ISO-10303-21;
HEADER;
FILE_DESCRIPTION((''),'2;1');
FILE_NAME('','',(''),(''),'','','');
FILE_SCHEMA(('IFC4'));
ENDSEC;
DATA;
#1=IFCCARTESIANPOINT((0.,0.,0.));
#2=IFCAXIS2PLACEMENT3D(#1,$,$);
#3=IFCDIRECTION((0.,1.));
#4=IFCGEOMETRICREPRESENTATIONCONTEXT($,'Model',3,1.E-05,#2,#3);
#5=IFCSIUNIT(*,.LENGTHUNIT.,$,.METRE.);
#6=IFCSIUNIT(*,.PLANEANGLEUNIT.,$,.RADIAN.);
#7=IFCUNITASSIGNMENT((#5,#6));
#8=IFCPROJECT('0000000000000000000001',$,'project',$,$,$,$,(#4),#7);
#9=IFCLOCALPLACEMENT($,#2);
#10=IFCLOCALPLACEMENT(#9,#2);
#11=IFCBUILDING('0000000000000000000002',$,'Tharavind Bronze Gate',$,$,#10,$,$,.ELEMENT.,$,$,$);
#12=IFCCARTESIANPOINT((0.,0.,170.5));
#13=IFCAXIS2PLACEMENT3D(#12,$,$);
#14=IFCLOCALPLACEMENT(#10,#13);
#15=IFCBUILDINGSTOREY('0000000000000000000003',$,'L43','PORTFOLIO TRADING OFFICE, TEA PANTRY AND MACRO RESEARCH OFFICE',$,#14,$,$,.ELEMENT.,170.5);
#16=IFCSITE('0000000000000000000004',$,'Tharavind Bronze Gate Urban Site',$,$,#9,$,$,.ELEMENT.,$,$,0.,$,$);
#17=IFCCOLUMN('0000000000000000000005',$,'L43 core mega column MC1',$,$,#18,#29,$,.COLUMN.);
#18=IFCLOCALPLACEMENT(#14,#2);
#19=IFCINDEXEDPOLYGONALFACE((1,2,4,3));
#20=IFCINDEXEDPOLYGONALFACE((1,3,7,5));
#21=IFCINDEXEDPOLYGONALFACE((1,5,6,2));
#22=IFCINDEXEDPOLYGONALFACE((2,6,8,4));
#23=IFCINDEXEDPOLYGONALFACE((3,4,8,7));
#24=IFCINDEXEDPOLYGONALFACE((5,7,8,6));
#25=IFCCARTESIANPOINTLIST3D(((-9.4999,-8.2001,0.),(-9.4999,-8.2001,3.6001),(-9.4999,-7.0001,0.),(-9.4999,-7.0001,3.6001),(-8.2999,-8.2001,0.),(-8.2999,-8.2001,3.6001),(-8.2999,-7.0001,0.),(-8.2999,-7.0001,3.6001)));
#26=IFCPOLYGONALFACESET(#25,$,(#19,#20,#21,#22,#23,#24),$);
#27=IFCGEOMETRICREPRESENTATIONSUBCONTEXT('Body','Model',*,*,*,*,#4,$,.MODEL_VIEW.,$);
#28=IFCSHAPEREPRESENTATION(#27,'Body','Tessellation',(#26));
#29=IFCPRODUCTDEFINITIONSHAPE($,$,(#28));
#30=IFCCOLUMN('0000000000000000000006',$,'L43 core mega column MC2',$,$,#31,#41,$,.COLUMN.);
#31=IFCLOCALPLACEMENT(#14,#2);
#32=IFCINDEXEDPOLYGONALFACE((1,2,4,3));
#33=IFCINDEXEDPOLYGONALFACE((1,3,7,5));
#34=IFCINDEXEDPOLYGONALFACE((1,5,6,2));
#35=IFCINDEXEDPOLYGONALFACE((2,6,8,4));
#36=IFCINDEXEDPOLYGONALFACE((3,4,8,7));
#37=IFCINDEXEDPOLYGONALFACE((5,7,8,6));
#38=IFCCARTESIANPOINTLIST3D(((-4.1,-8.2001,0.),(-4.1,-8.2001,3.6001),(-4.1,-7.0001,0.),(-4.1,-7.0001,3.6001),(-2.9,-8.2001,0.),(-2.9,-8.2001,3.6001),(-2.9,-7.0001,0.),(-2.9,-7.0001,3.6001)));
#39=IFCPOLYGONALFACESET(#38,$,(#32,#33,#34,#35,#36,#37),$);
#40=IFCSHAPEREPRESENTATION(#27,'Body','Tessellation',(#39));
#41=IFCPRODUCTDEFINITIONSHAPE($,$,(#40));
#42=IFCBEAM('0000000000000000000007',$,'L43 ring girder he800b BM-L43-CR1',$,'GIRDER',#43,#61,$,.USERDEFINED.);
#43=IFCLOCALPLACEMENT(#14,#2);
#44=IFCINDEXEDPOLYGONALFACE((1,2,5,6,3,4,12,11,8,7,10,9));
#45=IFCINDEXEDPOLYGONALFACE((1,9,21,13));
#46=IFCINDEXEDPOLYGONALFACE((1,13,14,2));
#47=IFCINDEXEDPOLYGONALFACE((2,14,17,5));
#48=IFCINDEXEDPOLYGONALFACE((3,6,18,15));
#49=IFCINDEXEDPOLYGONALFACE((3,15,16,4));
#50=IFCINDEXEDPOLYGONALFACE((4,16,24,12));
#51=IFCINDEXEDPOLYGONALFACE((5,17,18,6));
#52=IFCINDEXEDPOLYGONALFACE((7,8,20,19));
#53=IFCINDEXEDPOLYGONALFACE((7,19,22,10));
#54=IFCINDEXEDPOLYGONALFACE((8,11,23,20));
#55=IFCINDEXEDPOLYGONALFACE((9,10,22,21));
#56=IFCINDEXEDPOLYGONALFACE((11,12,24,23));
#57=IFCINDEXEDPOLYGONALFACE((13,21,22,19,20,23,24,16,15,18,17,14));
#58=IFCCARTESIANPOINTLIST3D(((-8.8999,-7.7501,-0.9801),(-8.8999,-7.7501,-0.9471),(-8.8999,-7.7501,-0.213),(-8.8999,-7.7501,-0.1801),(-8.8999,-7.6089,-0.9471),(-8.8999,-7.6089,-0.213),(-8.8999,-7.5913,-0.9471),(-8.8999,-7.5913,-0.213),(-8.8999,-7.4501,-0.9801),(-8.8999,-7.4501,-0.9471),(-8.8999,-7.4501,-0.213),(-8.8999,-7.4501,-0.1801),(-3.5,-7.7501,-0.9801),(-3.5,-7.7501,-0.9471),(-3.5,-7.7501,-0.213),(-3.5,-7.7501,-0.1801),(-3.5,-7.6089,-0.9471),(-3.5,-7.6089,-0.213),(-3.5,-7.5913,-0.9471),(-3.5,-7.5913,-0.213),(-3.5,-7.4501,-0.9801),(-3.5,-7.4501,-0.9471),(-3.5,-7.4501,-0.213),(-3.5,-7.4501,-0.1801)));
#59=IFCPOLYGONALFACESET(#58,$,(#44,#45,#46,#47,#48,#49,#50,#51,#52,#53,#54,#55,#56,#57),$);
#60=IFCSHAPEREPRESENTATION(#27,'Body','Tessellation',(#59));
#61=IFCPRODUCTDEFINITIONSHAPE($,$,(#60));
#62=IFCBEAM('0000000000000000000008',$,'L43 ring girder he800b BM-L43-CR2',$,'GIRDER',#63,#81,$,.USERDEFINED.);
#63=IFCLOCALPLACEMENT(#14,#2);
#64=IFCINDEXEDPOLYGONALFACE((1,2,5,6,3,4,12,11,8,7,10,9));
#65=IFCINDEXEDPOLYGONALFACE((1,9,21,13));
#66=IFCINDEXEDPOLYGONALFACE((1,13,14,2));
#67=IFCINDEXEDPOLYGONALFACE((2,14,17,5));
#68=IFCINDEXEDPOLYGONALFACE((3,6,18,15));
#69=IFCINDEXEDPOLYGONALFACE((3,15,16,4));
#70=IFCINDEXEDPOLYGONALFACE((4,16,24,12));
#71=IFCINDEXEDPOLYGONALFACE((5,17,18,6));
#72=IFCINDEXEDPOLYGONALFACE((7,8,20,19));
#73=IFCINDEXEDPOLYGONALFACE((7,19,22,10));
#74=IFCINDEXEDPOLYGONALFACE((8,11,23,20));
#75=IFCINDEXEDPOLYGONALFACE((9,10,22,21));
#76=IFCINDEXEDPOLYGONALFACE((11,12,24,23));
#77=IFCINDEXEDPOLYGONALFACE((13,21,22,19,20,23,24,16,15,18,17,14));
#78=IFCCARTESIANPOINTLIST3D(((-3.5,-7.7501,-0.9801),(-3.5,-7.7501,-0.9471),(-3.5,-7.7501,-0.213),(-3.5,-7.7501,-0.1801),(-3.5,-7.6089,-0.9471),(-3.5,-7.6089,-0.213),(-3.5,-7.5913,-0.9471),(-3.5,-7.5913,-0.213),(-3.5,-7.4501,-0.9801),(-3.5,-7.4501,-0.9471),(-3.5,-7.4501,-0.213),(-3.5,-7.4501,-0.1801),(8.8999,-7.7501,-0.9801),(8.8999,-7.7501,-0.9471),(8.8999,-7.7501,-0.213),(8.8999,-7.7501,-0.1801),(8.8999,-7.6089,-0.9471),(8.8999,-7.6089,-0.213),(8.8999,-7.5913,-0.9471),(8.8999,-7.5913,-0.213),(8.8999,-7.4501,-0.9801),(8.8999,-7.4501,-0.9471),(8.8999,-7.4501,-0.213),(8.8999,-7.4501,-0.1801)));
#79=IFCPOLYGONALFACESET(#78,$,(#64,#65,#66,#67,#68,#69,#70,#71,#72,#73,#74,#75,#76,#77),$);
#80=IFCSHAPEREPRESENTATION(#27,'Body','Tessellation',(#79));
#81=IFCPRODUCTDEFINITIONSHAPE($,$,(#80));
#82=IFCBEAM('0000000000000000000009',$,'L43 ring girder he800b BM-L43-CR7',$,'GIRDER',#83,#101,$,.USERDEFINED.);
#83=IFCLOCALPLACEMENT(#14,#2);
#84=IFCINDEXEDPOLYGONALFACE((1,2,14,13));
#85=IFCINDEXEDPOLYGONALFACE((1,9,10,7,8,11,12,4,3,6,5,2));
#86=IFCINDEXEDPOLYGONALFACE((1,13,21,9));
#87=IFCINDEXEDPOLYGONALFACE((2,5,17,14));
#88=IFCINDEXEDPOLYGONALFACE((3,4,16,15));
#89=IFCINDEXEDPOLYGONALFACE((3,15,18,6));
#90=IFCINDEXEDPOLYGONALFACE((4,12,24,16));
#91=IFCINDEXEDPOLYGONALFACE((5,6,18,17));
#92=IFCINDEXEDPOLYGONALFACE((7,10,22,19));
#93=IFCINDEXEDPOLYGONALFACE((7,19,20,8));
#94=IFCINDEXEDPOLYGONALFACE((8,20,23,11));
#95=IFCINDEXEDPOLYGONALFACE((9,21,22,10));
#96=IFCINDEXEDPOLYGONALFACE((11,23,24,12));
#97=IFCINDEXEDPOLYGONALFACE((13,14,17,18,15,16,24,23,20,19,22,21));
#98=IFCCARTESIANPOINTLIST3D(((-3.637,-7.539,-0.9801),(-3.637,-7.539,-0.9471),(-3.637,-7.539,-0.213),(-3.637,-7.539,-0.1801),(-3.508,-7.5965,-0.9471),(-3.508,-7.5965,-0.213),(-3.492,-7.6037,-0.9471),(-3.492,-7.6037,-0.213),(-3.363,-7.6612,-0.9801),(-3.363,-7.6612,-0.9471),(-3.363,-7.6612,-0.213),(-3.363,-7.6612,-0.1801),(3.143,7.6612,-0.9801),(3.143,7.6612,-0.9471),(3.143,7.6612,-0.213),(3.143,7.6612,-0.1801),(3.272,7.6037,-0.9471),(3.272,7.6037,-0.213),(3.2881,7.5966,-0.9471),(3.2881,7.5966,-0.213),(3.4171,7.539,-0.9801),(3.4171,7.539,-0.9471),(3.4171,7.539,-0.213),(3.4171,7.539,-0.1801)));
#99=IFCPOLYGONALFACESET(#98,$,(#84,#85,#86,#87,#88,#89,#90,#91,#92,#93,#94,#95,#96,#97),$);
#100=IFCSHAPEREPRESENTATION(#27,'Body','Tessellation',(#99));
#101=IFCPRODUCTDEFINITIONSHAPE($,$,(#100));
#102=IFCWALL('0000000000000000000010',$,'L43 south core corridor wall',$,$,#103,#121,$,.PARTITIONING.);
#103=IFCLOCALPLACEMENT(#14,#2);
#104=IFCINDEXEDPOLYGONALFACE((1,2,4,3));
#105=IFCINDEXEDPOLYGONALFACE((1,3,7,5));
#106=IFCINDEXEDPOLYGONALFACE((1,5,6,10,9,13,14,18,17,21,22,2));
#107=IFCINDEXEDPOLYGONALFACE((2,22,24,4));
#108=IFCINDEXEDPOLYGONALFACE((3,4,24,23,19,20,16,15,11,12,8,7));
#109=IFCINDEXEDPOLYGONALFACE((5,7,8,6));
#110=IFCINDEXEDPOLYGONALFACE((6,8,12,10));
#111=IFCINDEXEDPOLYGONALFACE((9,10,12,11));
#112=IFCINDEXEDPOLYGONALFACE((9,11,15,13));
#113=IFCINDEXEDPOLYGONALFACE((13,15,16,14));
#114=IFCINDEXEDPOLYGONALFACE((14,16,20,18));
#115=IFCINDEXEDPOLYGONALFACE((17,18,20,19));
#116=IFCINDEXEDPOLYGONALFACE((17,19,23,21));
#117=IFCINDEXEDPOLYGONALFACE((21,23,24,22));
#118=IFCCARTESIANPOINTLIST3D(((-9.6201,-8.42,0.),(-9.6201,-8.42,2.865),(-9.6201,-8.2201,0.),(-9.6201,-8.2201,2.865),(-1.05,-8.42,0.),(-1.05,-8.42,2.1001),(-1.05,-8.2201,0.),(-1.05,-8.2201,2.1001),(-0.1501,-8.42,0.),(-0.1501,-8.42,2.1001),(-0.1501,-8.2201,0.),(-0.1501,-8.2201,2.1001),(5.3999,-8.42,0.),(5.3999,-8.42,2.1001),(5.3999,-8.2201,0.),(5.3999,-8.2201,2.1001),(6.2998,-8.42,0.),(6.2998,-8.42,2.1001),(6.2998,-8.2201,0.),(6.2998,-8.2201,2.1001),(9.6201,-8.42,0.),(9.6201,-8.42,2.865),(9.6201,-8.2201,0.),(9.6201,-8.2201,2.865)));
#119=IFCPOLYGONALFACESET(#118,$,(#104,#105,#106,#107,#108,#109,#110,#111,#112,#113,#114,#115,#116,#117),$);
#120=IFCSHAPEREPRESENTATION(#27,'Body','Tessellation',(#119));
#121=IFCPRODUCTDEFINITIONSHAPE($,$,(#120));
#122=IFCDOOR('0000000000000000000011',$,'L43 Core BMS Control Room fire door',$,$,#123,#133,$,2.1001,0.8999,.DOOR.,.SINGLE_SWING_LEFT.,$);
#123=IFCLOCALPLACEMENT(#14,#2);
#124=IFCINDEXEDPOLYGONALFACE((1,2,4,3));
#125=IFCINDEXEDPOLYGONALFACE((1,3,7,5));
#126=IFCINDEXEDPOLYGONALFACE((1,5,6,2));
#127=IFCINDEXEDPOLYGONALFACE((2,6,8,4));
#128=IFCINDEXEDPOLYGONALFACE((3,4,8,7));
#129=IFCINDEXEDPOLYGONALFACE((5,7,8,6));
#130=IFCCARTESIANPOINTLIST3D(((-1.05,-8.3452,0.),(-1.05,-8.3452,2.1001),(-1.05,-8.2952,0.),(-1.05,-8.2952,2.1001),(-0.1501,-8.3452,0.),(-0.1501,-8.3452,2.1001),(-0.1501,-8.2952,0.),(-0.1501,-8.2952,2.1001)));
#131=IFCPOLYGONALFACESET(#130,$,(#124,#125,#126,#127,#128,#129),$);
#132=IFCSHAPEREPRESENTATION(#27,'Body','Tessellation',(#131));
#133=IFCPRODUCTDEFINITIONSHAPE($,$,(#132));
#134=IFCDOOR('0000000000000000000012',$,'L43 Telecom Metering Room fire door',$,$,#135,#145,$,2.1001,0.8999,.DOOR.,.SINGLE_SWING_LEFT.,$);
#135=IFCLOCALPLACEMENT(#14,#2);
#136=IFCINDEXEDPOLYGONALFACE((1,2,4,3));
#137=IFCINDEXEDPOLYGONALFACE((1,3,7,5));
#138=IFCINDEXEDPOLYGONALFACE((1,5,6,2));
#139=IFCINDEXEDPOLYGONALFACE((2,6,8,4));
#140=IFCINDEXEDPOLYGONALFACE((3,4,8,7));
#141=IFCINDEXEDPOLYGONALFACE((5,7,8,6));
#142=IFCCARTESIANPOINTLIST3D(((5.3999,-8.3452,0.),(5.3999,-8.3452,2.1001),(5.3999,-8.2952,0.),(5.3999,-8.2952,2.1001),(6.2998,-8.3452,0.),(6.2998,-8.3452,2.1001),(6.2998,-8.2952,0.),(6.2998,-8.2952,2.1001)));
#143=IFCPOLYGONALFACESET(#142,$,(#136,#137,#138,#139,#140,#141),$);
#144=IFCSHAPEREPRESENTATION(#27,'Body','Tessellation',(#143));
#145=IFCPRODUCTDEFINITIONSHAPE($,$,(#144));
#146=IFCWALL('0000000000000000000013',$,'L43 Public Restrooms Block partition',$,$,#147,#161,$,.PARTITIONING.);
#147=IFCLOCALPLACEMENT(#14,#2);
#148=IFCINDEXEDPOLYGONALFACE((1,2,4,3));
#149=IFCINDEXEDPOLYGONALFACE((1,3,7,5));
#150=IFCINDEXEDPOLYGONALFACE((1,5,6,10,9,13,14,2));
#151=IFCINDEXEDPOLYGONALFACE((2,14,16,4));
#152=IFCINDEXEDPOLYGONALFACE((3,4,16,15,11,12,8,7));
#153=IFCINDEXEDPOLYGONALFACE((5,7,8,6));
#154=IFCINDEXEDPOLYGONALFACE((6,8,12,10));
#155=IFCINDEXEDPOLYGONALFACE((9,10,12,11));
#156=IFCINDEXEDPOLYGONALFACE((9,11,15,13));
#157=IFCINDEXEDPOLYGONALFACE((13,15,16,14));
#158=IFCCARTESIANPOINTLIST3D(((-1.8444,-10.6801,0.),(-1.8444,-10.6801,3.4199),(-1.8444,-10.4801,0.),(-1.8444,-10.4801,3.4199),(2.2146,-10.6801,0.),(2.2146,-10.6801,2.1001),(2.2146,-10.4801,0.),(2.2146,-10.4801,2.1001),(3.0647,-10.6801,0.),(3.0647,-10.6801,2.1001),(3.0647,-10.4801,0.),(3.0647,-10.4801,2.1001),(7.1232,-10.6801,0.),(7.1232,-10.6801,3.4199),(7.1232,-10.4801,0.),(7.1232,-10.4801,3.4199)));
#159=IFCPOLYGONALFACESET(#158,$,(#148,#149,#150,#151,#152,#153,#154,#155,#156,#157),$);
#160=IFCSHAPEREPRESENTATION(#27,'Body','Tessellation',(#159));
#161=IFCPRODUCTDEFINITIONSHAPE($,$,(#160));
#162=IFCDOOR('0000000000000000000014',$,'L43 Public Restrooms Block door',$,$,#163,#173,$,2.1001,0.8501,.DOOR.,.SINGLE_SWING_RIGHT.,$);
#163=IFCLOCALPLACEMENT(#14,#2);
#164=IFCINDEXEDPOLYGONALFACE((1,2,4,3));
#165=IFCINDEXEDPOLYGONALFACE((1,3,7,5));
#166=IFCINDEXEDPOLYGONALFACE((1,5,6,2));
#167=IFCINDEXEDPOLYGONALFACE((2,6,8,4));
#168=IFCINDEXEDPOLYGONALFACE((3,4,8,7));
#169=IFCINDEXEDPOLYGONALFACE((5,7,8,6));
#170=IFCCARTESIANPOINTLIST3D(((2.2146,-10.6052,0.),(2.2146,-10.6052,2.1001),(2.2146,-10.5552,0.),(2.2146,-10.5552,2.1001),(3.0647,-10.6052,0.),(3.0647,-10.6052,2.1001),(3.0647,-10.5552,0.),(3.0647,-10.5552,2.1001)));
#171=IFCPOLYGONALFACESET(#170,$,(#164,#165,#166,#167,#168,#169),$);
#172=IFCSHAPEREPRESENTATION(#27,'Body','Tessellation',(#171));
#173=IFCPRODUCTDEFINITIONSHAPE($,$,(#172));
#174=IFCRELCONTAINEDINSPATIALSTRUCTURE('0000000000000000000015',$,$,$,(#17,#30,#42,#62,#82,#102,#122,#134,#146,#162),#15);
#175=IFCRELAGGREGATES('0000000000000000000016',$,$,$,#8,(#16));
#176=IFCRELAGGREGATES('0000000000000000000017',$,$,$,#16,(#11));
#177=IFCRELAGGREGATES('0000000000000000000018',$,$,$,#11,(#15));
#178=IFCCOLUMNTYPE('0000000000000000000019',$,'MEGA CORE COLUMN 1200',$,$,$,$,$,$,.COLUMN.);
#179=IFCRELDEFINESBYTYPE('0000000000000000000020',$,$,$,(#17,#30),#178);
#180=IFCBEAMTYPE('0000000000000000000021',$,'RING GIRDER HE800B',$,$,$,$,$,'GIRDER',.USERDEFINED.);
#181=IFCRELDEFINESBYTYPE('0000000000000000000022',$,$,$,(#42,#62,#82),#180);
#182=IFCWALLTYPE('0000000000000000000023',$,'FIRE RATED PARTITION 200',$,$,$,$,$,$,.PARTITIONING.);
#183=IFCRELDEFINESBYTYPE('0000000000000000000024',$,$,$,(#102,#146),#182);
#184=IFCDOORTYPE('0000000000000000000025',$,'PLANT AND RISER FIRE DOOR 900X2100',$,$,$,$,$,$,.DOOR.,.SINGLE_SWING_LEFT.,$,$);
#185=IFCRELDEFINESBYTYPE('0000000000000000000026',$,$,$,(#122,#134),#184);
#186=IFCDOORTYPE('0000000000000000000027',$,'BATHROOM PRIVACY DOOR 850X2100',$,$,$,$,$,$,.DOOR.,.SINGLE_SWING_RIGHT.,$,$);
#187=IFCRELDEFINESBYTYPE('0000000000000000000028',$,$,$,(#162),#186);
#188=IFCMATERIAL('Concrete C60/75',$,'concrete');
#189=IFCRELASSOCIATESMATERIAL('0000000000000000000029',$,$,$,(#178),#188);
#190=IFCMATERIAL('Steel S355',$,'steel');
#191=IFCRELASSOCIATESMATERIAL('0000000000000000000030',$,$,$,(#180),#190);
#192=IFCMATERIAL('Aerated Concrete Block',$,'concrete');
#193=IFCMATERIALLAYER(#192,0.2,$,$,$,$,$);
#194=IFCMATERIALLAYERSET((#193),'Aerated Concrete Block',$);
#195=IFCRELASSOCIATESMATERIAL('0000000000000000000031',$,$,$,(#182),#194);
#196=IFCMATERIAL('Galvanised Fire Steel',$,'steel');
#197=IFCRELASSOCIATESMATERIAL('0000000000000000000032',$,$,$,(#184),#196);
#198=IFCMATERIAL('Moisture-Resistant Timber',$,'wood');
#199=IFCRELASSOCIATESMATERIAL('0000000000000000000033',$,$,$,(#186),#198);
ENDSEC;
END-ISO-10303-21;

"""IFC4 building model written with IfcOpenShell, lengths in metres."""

from ifc_helpers import new_model, si_unit, direction, frame, frame_2d, origin, origin_2d, place, context, subcontext, project, spatial, rectangle, i_section, extrude, material, layer, layer_set, material_profile, profile_set, type_object, element, fill, save


model = new_model("IFC4")

# Units and contexts
model_context = context("Model", 3, precision=1e-05, world=origin(), true_north=direction((0.0, 1.0)))
body_context = subcontext(model_context, "Body", "Model", "MODEL_VIEW")
ifc_project = project(units=[si_unit("LENGTHUNIT", "METRE"), si_unit("PLANEANGLEUNIT", "RADIAN")], contexts=[model_context])

# Site, building, storey
site_placement = place(None, origin())
site = spatial("IfcSite", under=ifc_project, at=site_placement, Name="Tharavind Bronze Gate Urban Site", CompositionType="ELEMENT", RefElevation=0.0)
building_placement = place(site_placement, origin())
building = spatial("IfcBuilding", under=site, at=building_placement, Name="Tharavind Bronze Gate", CompositionType="ELEMENT")
storey_placement = place(building_placement, frame((0.0, 0.0, 170.5)))
storey = spatial("IfcBuildingStorey", under=building, at=storey_placement, Name="L43", Description="PORTFOLIO TRADING OFFICE, TEA PANTRY AND MACRO RESEARCH OFFICE", CompositionType="ELEMENT", Elevation=170.5)

# Columns
ifc_material_1 = material(Name="Concrete C60/75", Category="concrete")
ifc_material_profile_1 = material_profile(ifc_material_1, rectangle(XDim=1.2, YDim=1.2, at=origin_2d()), Name="RCCOL1200")
ifc_profile_set_1 = profile_set([ifc_material_profile_1], Name="Concrete C60/75")
column_type = type_object("IfcColumnType", Name="MEGA CORE COLUMN 1200", PredefinedType="COLUMN", material=ifc_profile_set_1)
for number, where, z_axis, x_axis, name in (
    (1, (-8.8999, -7.6001, 0.0), (0.0, 0.0, 1.0), (1.0, 0.0, 0.0), "L43 core mega column MC1"),
    (2, (-3.5, -7.6001, 0.0), (0.0, 0.0, 1.0), (1.0, 0.0, 0.0), "L43 core mega column MC2"),
):
    element("IfcColumn", number, at=place(storey_placement, frame(where, z_axis=z_axis, x_axis=x_axis)), inside=storey, type_object=column_type, Name=name, PredefinedType="COLUMN", context=body_context, shape_type="SweptSolid", body=[
        extrude(rectangle(XDim=1.2, YDim=1.2, at=origin_2d()), origin(), (0.0, 0.0, 1.0), 3.6001),
    ])

# Beams
ifc_material_2 = material(Name="Steel S355", Category="steel")
ifc_material_profile_2 = material_profile(ifc_material_2, i_section(OverallWidth=0.3, OverallDepth=0.8, WebThickness=0.0176, FlangeThickness=0.033, at=origin_2d()), Name="HE800B")
ifc_profile_set_2 = profile_set([ifc_material_profile_2], Name="Steel S355")
beam_type = type_object("IfcBeamType", Name="RING GIRDER HE800B", ElementType="GIRDER", PredefinedType="USERDEFINED", material=ifc_profile_set_2)
beam_1_placement = place(storey_placement, frame((-8.8999, -7.6001, -0.5801), z_axis=(1.0, 0.0, 0.0), x_axis=(0.0, 1.0, 0.0)))
element("IfcBeam", 3, at=beam_1_placement, inside=storey, type_object=beam_type, Name="L43 ring girder he800b BM-L43-CR1", ObjectType="GIRDER", PredefinedType="USERDEFINED", context=body_context, shape_type="SweptSolid", body=[
    extrude(i_section(OverallWidth=0.3, OverallDepth=0.8, WebThickness=0.0176, FlangeThickness=0.033, at=origin_2d()), origin(), (0.0, 0.0, 1.0), 5.3999),
])
beam_2_placement = place(storey_placement, frame((-3.5, -7.6001, -0.5801), z_axis=(1.0, 0.0, 0.0), x_axis=(0.0, 1.0, 0.0)))
element("IfcBeam", 4, at=beam_2_placement, inside=storey, type_object=beam_type, Name="L43 ring girder he800b BM-L43-CR2", ObjectType="GIRDER", PredefinedType="USERDEFINED", context=body_context, shape_type="SweptSolid", body=[
    extrude(i_section(OverallWidth=0.3, OverallDepth=0.8, WebThickness=0.0176, FlangeThickness=0.033, at=origin_2d()), origin(), (0.0, 0.0, 1.0), 12.3999),
])
beam_3_placement = place(storey_placement, frame((-3.5, -7.6001, -0.5801), z_axis=(0.407362, 0.913267, 0.0), x_axis=(-0.913267, 0.407362, 0.0)))
element("IfcBeam", 5, at=beam_3_placement, inside=storey, type_object=beam_type, Name="L43 ring girder he800b BM-L43-CR7", ObjectType="GIRDER", PredefinedType="USERDEFINED", context=body_context, shape_type="SweptSolid", body=[
    extrude(i_section(OverallWidth=0.3, OverallDepth=0.8, WebThickness=0.0176, FlangeThickness=0.033, at=origin_2d()), origin(), (0.0, 0.0, 1.0), 16.6438),
])

# Wall, openings, doors
ifc_material_3 = material(Name="Aerated Concrete Block", Category="concrete")
ifc_layer_1 = layer(ifc_material_3, 0.2)
ifc_layer_set_1 = layer_set([ifc_layer_1], Name="Aerated Concrete Block")
wall_type_1 = type_object("IfcWallType", Name="FIRE RATED PARTITION 200", PredefinedType="PARTITIONING", material=ifc_layer_set_1)
wall_1_placement = place(storey_placement, frame((-9.6201, -8.3201, 0.0), z_axis=(0.0, 0.0, 1.0), x_axis=(1.0, 0.0, 0.0)))
wall_1 = element("IfcWall", 6, at=wall_1_placement, inside=storey, type_object=wall_type_1, Name="L43 south core corridor wall", PredefinedType="PARTITIONING", context=body_context, shape_type="SweptSolid", body=[
    extrude(rectangle(XDim=19.2402, YDim=0.2, at=frame_2d((9.6201, 0.0))), origin(), (0.0, 0.0, 1.0), 2.865),
])
opening_1_placement = place(wall_1_placement, frame((8.5701, 0.0, 0.0)))
opening_1 = element("IfcOpeningElement", 7, at=opening_1_placement, cuts=wall_1, PredefinedType="OPENING", context=body_context, shape_type="SweptSolid", body=[
    extrude(rectangle(XDim=0.8999, YDim=2.1001, at=frame_2d((0.45, 1.05))), frame((0.0, 0.1101, 0.0), z_axis=(0.0, -1.0, 0.0), x_axis=(1.0, 0.0, 0.0)), (0.0, 0.0, 1.0), 0.22),
])
opening_2_placement = place(wall_1_placement, frame((15.02, 0.0, 0.0)))
opening_2 = element("IfcOpeningElement", 8, at=opening_2_placement, cuts=wall_1, PredefinedType="OPENING", context=body_context, shape_type="SweptSolid", body=[
    extrude(rectangle(XDim=0.8999, YDim=2.1001, at=frame_2d((0.45, 1.05))), frame((0.0, 0.1101, 0.0), z_axis=(0.0, -1.0, 0.0), x_axis=(1.0, 0.0, 0.0)), (0.0, 0.0, 1.0), 0.22),
])
ifc_material_4 = material(Name="Galvanised Fire Steel", Category="steel")
door_type_1 = type_object("IfcDoorType", Name="PLANT AND RISER FIRE DOOR 900X2100", OperationType="SINGLE_SWING_LEFT", PredefinedType="DOOR", material=ifc_material_4)
door_1_placement = place(opening_1_placement, origin())
door_1 = element("IfcDoor", 9, at=door_1_placement, inside=storey, type_object=door_type_1, Name="L43 Core BMS Control Room fire door", OperationType="SINGLE_SWING_LEFT", OverallHeight=2.1001, OverallWidth=0.8999, PredefinedType="DOOR", context=body_context, shape_type="SweptSolid", body=[
    extrude(rectangle(XDim=0.8999, YDim=2.1001, at=frame_2d((0.45, 1.05))), frame((0.0, 0.0249, 0.0), z_axis=(0.0, -1.0, 0.0), x_axis=(1.0, 0.0, 0.0)), (0.0, 0.0, 1.0), 0.05),
])
fill(opening_1, door_1)
door_2_placement = place(opening_2_placement, origin())
door_2 = element("IfcDoor", 10, at=door_2_placement, inside=storey, type_object=door_type_1, Name="L43 Telecom Metering Room fire door", OperationType="SINGLE_SWING_LEFT", OverallHeight=2.1001, OverallWidth=0.8999, PredefinedType="DOOR", context=body_context, shape_type="SweptSolid", body=[
    extrude(rectangle(XDim=0.8999, YDim=2.1001, at=frame_2d((0.45, 1.05))), frame((0.0, 0.0249, 0.0), z_axis=(0.0, -1.0, 0.0), x_axis=(1.0, 0.0, 0.0)), (0.0, 0.0, 1.0), 0.05),
])
fill(opening_2, door_2)

# Wall, opening, door
wall_2_placement = place(storey_placement, frame((-1.8445, -10.5801, 0.0), z_axis=(0.0, 0.0, 1.0), x_axis=(1.0, 0.0, 0.0)))
wall_2 = element("IfcWall", 11, at=wall_2_placement, inside=storey, type_object=wall_type_1, Name="L43 Public Restrooms Block partition", PredefinedType="PARTITIONING", context=body_context, shape_type="SweptSolid", body=[
    extrude(rectangle(XDim=8.9675, YDim=0.2, at=frame_2d((4.4839, 0.0))), origin(), (0.0, 0.0, 1.0), 3.4199),
])
opening_3_placement = place(wall_2_placement, frame((4.0591, 0.0, 0.0)))
opening_3 = element("IfcOpeningElement", 12, at=opening_3_placement, cuts=wall_2, PredefinedType="OPENING", context=body_context, shape_type="SweptSolid", body=[
    extrude(rectangle(XDim=0.8501, YDim=2.1001, at=frame_2d((0.425, 1.05))), frame((0.0, 0.1101, 0.0), z_axis=(0.0, -1.0, 0.0), x_axis=(1.0, 0.0, 0.0)), (0.0, 0.0, 1.0), 0.22),
])
ifc_material_5 = material(Name="Moisture-Resistant Timber", Category="wood")
door_type_2 = type_object("IfcDoorType", Name="BATHROOM PRIVACY DOOR 850X2100", OperationType="SINGLE_SWING_RIGHT", PredefinedType="DOOR", material=ifc_material_5)
door_3_placement = place(opening_3_placement, origin())
door_3 = element("IfcDoor", 13, at=door_3_placement, inside=storey, type_object=door_type_2, Name="L43 Public Restrooms Block door", OperationType="SINGLE_SWING_RIGHT", OverallHeight=2.1001, OverallWidth=0.8501, PredefinedType="DOOR", context=body_context, shape_type="SweptSolid", body=[
    extrude(rectangle(XDim=0.8501, YDim=2.1001, at=frame_2d((0.425, 1.05))), frame((0.0, 0.0249, 0.0), z_axis=(0.0, -1.0, 0.0), x_axis=(1.0, 0.0, 0.0)), (0.0, 0.0, 1.0), 0.05),
])
fill(opening_3, door_3)

save(model, "model.ifc")
